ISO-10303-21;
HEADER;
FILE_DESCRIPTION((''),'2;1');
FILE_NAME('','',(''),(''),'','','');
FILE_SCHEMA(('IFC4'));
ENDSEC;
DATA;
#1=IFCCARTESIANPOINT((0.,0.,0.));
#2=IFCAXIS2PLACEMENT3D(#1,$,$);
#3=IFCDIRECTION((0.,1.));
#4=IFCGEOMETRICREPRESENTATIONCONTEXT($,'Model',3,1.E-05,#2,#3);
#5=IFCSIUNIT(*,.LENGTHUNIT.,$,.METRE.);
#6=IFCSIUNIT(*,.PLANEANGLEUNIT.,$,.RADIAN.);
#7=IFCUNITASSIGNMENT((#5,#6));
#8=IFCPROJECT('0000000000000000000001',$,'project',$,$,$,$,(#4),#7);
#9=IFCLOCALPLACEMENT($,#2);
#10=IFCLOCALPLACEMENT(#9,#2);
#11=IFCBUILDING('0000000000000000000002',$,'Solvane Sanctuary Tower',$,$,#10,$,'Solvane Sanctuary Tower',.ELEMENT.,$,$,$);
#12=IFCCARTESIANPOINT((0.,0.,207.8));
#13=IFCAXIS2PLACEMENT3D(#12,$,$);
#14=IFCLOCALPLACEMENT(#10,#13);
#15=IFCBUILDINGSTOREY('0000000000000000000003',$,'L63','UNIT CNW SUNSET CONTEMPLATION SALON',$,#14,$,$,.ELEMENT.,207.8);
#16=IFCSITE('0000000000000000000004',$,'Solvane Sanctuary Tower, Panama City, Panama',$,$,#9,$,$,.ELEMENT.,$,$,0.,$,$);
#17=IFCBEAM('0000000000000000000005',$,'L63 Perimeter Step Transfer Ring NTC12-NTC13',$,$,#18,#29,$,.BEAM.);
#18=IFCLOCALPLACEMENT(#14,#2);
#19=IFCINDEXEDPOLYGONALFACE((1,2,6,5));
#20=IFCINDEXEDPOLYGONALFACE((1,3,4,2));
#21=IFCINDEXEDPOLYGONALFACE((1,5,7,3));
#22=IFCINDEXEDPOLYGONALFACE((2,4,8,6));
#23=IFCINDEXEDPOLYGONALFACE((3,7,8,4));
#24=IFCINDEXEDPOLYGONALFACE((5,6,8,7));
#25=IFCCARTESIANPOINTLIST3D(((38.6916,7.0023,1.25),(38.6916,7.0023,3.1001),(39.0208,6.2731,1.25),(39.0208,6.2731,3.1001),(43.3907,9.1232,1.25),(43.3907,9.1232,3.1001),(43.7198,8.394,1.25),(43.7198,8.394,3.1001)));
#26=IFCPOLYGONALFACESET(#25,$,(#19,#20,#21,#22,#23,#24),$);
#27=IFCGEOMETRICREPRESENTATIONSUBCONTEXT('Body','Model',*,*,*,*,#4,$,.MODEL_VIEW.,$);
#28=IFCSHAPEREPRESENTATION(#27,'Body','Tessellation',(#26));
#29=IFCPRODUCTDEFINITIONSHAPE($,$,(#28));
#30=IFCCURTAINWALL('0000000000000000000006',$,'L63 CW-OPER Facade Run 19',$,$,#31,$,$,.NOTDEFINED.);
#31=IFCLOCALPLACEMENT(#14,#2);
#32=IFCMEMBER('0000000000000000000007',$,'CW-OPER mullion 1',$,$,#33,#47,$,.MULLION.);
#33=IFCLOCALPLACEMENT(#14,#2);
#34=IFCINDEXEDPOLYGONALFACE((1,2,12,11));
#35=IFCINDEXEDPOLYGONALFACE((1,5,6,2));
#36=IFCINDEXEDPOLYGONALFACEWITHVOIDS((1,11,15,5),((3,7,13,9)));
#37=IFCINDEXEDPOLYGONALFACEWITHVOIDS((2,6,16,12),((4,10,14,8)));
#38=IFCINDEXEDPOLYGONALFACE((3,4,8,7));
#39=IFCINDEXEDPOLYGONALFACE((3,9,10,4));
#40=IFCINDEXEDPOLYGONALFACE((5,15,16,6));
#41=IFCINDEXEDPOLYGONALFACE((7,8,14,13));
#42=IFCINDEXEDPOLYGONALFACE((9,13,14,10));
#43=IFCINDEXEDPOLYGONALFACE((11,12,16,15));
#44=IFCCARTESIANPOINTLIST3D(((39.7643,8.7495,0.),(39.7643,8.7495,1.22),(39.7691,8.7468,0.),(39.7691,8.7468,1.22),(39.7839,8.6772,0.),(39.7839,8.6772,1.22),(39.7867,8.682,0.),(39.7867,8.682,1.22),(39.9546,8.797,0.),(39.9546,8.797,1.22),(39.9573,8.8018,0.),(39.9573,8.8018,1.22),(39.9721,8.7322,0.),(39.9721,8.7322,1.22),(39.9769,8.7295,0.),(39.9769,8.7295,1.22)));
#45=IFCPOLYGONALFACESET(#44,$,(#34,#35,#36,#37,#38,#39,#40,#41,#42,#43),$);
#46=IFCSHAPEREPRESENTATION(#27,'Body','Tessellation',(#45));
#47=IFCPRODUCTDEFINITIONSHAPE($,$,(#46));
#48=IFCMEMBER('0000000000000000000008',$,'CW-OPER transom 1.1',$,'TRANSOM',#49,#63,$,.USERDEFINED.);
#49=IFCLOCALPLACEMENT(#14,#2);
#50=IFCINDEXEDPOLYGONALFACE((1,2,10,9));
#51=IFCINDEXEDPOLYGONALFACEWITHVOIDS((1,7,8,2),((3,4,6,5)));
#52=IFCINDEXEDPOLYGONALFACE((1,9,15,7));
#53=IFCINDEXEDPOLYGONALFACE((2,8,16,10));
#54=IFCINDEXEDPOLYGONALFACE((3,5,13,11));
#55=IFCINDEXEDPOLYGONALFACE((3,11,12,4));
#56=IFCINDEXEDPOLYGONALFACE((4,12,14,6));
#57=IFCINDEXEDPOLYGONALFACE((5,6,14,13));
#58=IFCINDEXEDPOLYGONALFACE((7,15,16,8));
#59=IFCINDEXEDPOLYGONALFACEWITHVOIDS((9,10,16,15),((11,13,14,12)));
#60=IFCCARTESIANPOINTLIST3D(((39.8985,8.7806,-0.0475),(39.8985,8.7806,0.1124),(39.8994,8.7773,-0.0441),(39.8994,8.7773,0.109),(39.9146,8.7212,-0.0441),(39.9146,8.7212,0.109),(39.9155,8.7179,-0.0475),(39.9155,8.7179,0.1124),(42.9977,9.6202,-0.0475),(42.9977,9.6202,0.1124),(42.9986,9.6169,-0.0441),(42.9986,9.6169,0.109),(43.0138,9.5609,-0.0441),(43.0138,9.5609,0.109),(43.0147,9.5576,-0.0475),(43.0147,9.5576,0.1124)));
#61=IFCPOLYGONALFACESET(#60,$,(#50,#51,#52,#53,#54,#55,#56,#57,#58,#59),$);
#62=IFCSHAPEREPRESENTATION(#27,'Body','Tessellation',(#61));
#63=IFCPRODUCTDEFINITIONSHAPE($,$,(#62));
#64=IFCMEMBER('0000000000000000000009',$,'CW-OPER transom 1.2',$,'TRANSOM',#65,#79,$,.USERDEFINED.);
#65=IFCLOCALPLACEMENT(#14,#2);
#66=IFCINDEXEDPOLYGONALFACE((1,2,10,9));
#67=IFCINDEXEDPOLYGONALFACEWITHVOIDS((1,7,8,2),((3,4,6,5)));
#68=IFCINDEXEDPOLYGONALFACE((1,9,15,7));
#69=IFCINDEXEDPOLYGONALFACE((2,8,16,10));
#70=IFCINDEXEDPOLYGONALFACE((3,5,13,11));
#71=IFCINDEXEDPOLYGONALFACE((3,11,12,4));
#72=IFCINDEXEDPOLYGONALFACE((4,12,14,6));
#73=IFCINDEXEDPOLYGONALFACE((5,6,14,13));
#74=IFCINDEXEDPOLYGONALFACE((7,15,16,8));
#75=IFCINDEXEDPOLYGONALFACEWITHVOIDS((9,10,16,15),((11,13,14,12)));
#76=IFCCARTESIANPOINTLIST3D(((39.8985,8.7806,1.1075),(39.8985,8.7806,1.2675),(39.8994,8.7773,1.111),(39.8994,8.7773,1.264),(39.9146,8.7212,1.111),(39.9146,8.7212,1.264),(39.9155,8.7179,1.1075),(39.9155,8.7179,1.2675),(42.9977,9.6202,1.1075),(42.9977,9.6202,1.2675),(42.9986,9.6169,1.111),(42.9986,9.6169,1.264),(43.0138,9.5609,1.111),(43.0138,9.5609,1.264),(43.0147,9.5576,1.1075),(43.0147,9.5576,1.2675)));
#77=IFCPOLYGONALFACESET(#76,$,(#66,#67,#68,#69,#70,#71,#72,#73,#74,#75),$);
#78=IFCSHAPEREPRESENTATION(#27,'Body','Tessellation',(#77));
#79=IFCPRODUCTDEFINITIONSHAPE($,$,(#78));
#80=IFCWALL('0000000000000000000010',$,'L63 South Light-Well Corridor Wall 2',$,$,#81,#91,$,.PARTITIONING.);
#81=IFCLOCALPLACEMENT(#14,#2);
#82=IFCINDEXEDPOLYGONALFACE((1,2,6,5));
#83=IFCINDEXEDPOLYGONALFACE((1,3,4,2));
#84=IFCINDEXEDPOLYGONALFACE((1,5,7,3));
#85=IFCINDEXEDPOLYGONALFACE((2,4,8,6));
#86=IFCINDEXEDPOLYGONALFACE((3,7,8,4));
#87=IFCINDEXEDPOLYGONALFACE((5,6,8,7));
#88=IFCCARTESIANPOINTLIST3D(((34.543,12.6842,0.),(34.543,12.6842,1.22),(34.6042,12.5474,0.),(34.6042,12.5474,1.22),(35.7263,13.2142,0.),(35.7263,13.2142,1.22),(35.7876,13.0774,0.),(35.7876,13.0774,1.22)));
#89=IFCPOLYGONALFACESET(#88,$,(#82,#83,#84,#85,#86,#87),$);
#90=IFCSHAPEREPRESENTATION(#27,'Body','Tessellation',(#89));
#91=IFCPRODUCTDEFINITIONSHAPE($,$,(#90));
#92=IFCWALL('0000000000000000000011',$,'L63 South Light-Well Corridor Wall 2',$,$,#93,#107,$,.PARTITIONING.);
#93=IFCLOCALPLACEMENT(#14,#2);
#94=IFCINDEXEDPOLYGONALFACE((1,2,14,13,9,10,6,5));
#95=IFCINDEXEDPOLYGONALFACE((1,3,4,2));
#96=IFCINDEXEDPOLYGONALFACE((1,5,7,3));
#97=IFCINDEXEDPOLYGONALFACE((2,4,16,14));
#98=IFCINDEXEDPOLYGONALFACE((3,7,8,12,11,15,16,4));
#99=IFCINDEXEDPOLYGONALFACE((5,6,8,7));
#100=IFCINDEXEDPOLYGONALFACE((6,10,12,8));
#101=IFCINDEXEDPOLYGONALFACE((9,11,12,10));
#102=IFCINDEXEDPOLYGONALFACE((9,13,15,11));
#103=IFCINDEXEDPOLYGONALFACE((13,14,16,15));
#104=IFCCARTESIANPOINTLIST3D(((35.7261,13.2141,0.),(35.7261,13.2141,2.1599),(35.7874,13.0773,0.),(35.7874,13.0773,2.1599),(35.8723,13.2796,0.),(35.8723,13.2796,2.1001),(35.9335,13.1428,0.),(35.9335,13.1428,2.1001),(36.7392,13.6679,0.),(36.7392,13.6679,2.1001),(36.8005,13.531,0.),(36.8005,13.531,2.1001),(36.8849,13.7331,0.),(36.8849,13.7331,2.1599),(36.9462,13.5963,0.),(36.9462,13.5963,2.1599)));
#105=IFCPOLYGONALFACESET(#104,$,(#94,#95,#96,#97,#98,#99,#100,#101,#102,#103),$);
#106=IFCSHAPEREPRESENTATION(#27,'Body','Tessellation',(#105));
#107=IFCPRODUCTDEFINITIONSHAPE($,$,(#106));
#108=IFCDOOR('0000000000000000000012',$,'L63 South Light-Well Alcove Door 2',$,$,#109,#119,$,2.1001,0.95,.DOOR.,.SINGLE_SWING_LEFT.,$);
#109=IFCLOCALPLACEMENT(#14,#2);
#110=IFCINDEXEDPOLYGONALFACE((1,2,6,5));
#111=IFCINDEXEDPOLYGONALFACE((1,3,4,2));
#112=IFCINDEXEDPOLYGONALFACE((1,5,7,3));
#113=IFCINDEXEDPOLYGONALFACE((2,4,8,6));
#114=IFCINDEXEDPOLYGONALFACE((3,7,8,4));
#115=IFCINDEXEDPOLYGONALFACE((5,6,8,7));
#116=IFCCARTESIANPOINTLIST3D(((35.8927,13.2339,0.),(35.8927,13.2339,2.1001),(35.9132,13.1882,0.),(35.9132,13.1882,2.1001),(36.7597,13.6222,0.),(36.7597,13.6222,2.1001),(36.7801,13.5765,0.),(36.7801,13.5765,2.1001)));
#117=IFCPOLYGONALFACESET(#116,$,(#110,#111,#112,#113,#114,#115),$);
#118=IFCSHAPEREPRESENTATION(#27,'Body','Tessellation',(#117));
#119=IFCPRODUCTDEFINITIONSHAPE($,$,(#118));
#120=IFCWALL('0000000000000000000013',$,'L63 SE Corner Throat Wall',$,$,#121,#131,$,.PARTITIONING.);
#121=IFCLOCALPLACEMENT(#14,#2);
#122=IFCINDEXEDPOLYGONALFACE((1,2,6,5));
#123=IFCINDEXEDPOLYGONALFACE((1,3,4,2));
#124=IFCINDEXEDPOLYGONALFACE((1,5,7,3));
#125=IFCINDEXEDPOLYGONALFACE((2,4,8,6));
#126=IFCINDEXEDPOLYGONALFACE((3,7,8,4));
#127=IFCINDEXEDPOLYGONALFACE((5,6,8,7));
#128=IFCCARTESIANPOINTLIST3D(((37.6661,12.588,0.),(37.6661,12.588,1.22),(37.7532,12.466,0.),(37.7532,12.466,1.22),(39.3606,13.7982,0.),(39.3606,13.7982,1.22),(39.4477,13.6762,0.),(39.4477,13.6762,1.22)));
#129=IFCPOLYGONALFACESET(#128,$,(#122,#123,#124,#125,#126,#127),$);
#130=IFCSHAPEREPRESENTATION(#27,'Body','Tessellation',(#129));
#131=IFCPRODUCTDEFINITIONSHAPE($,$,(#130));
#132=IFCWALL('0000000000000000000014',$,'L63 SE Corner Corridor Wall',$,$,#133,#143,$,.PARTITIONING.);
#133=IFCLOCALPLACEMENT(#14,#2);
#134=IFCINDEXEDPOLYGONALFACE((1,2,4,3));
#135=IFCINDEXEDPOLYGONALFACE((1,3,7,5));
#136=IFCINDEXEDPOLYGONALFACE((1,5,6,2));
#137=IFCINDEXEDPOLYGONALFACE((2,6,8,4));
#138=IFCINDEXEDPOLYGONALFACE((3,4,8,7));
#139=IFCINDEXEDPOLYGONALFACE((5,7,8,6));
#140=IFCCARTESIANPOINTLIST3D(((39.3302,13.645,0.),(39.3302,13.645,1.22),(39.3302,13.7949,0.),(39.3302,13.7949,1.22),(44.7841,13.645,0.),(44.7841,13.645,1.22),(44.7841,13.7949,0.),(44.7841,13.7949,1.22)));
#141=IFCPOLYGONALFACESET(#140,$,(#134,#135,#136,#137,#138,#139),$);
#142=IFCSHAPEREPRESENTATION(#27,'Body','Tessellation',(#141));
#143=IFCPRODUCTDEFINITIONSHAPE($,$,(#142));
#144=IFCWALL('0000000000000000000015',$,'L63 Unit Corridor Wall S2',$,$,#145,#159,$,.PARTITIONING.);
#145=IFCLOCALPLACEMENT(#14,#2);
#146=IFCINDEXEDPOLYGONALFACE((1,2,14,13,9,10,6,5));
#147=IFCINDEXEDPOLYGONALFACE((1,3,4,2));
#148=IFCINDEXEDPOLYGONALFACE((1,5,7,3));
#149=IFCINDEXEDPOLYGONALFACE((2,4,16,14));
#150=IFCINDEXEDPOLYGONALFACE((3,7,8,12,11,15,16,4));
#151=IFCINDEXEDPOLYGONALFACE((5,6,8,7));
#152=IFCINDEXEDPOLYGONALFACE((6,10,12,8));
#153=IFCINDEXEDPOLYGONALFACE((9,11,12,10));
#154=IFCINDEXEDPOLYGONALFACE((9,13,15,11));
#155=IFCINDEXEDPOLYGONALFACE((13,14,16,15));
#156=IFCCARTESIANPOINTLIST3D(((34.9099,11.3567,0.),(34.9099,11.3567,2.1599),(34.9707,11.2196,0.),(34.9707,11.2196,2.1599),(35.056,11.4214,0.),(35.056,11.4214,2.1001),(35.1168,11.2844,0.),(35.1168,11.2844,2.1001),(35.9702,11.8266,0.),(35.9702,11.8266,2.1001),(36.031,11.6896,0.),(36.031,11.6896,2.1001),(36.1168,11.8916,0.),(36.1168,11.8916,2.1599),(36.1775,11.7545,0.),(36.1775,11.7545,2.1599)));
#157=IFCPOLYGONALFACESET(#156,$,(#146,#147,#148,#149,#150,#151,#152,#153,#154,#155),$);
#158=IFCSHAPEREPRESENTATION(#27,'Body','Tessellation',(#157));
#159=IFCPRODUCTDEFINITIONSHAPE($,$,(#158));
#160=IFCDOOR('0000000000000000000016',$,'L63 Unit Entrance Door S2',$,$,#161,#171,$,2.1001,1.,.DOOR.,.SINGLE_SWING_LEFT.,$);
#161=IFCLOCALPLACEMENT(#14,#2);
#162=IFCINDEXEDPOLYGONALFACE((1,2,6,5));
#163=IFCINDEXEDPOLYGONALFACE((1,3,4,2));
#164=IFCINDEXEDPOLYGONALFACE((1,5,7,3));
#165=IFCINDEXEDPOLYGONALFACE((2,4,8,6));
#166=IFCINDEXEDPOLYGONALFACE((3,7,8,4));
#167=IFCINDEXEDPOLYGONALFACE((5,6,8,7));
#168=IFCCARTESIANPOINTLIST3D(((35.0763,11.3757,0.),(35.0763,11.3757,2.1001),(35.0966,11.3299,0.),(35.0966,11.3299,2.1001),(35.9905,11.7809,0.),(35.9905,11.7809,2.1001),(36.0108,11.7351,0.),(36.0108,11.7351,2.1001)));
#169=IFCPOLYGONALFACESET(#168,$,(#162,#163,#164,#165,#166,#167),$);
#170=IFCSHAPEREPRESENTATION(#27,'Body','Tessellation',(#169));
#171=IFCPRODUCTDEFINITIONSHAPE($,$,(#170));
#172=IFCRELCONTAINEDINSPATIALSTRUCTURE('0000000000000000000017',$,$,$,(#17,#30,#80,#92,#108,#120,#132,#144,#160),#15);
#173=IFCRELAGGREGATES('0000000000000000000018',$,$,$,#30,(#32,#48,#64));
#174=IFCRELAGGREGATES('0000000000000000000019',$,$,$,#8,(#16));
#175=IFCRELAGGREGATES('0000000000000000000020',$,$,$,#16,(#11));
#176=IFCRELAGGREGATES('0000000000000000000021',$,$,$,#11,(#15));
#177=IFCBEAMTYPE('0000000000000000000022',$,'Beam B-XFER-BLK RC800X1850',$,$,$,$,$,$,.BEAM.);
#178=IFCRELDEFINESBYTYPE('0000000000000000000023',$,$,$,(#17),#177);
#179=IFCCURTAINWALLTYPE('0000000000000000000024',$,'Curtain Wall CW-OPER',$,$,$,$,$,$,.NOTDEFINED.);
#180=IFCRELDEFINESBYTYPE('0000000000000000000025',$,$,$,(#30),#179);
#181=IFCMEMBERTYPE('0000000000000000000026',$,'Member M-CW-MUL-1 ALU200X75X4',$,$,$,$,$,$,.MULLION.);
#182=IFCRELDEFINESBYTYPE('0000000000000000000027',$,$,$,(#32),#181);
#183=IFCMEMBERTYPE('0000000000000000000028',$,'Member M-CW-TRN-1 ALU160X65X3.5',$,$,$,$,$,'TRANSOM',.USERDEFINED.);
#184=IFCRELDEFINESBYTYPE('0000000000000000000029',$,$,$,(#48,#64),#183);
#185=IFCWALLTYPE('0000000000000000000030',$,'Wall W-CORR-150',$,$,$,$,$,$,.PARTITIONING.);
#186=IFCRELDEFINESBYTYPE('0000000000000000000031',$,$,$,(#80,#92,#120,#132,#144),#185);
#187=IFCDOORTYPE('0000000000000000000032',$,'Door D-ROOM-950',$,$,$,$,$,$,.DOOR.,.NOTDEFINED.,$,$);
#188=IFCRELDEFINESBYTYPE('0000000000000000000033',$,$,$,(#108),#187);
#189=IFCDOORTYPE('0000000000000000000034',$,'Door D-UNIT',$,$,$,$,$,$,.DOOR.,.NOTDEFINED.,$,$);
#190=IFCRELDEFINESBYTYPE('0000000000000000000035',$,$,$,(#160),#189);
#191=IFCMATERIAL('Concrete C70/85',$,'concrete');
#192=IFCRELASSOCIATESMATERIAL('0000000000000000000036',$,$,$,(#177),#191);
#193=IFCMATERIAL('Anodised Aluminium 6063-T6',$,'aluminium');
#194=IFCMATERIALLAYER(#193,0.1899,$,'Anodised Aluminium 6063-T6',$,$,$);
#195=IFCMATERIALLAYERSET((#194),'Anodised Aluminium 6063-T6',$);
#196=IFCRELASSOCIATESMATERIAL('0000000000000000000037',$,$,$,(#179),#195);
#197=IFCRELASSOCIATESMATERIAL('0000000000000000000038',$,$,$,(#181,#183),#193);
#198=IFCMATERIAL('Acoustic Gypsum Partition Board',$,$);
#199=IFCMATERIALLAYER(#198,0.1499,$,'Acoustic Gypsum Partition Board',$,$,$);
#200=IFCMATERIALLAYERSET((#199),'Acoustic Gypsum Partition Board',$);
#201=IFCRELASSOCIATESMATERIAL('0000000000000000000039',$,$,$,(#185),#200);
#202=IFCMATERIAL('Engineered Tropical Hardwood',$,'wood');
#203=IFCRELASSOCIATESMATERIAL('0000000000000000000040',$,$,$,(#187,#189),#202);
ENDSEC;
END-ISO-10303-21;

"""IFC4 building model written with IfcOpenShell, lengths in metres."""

from ifc_helpers import new_model, si_unit, direction, frame, frame_2d, origin, origin_2d, place, context, subcontext, project, spatial, rectangle, hollow_rectangle, extrude, material, layer, layer_set, material_profile, profile_set, type_object, element, fill, aggregate, save


model = new_model("IFC4")

# Units and contexts
model_context = context("Model", 3, precision=1e-05, world=origin(), true_north=direction((0.0, 1.0)))
body_context = subcontext(model_context, "Body", "Model", "MODEL_VIEW")
ifc_project = project(units=[si_unit("LENGTHUNIT", "METRE"), si_unit("PLANEANGLEUNIT", "RADIAN")], contexts=[model_context])

# Site, building, storey
site_placement = place(None, origin())
site = spatial("IfcSite", under=ifc_project, at=site_placement, Name="Solvane Sanctuary Tower, Panama City, Panama", CompositionType="ELEMENT", RefElevation=0.0)
building_placement = place(site_placement, origin())
building = spatial("IfcBuilding", under=site, at=building_placement, Name="Solvane Sanctuary Tower", LongName="Solvane Sanctuary Tower", CompositionType="ELEMENT")
storey_placement = place(building_placement, frame((0.0, 0.0, 207.8)))
storey = spatial("IfcBuildingStorey", under=building, at=storey_placement, Name="L63", Description="UNIT CNW SUNSET CONTEMPLATION SALON", CompositionType="ELEMENT", Elevation=207.8)

# Beam
ifc_material_1 = material(Name="Concrete C70/85", Category="concrete")
ifc_material_profile_1 = material_profile(ifc_material_1, rectangle(XDim=0.8, YDim=1.8501, at=origin_2d()), Name="RC800X1850")
ifc_profile_set_1 = profile_set([ifc_material_profile_1], Name="Concrete C70/85")
beam_type_1 = type_object("IfcBeamType", Name="Beam B-XFER-BLK RC800X1850", PredefinedType="BEAM", material=ifc_profile_set_1)
beam_1_placement = place(storey_placement, frame((38.8562, 6.6377, 2.175), z_axis=(0.911463, 0.411382, 0.0), x_axis=(-0.411382, 0.911463, 0.0)))
element("IfcBeam", 1, at=beam_1_placement, inside=storey, type_object=beam_type_1, Name="L63 Perimeter Step Transfer Ring NTC12-NTC13", PredefinedType="BEAM", context=body_context, shape_type="SweptSolid", body=[
    extrude(rectangle(XDim=0.8, YDim=1.8501, at=origin_2d()), origin(), (0.0, 0.0, 1.0), 5.1555),
])

# Curtain wall, members
ifc_material_2 = material(Name="Anodised Aluminium 6063-T6", Category="aluminium")
ifc_layer_1 = layer(ifc_material_2, 0.1899, Name="Anodised Aluminium 6063-T6")
ifc_layer_set_1 = layer_set([ifc_layer_1], Name="Anodised Aluminium 6063-T6")
curtain_wall_type = type_object("IfcCurtainWallType", Name="Curtain Wall CW-OPER", PredefinedType="NOTDEFINED", material=ifc_layer_set_1)
curtain_wall_placement = place(storey_placement, origin())
curtain_wall = element("IfcCurtainWall", 2, at=curtain_wall_placement, inside=storey, type_object=curtain_wall_type, Name="L63 CW-OPER Facade Run 19", PredefinedType="NOTDEFINED")
ifc_material_profile_2 = material_profile(ifc_material_2, hollow_rectangle(XDim=0.075, YDim=0.2, WallThickness=0.0039, at=origin_2d()), Name="ALU200X75X4")
ifc_profile_set_2 = profile_set([ifc_material_profile_2], Name="Anodised Aluminium 6063-T6")
member_type_1 = type_object("IfcMemberType", Name="Member M-CW-MUL-1 ALU200X75X4", PredefinedType="MULLION", material=ifc_profile_set_2)
member_1_placement = place(storey_placement, frame((39.8706, 8.7395, 0.0), z_axis=(0.0, 0.0, 1.0), x_axis=(-0.261468, 0.965212, 0.0)))
member_1 = element("IfcMember", 3, at=member_1_placement, type_object=member_type_1, Name="CW-OPER mullion 1", PredefinedType="MULLION", context=body_context, shape_type="SweptSolid", body=[
    extrude(hollow_rectangle(XDim=0.075, YDim=0.2, WallThickness=0.0039, at=origin_2d()), origin(), (0.0, 0.0, 1.0), 1.22),
])
ifc_material_profile_3 = material_profile(ifc_material_2, hollow_rectangle(XDim=0.0649, YDim=0.1599, WallThickness=0.0034, at=origin_2d()), Name="ALU160X65X3.5")
ifc_profile_set_3 = profile_set([ifc_material_profile_3], Name="Anodised Aluminium 6063-T6")
member_type_2 = type_object("IfcMemberType", Name="Member M-CW-TRN-1 ALU160X65X3.5", ElementType="TRANSOM", PredefinedType="USERDEFINED", material=ifc_profile_set_3)
member_2_placement = place(storey_placement, frame((39.907, 8.7493, 0.0325), z_axis=(0.965206, 0.261489, 0.0), x_axis=(-0.261489, 0.965206, 0.0)))
member_2 = element("IfcMember", 4, at=member_2_placement, type_object=member_type_2, Name="CW-OPER transom 1.1", ObjectType="TRANSOM", PredefinedType="USERDEFINED", context=body_context, shape_type="SweptSolid", body=[
    extrude(hollow_rectangle(XDim=0.0649, YDim=0.1599, WallThickness=0.0034, at=origin_2d()), origin(), (0.0, 0.0, 1.0), 3.2109),
])
member_3_placement = place(storey_placement, frame((39.907, 8.7493, 1.1875), z_axis=(0.965206, 0.261489, 0.0), x_axis=(-0.261489, 0.965206, 0.0)))
member_3 = element("IfcMember", 5, at=member_3_placement, type_object=member_type_2, Name="CW-OPER transom 1.2", ObjectType="TRANSOM", PredefinedType="USERDEFINED", context=body_context, shape_type="SweptSolid", body=[
    extrude(hollow_rectangle(XDim=0.0649, YDim=0.1599, WallThickness=0.0034, at=origin_2d()), origin(), (0.0, 0.0, 1.0), 3.2109),
])
aggregate(curtain_wall, [member_1, member_2, member_3])

# Wall
ifc_material_3 = material(Name="Acoustic Gypsum Partition Board")
ifc_layer_2 = layer(ifc_material_3, 0.1499, Name="Acoustic Gypsum Partition Board")
ifc_layer_set_2 = layer_set([ifc_layer_2], Name="Acoustic Gypsum Partition Board")
wall_type_1 = type_object("IfcWallType", Name="Wall W-CORR-150", PredefinedType="PARTITIONING", material=ifc_layer_set_2)
wall_1_placement = place(storey_placement, frame((34.5735, 12.6157, 0.0), z_axis=(0.0, 0.0, 1.0), x_axis=(0.912635, 0.408775, 0.0)))
element("IfcWall", 6, at=wall_1_placement, inside=storey, type_object=wall_type_1, Name="L63 South Light-Well Corridor Wall 2", PredefinedType="PARTITIONING", context=body_context, shape_type="SweptSolid", body=[
    extrude(rectangle(XDim=1.2966, YDim=0.1499, at=frame_2d((0.6484, 0.0))), origin(), (0.0, 0.0, 1.0), 1.22),
])

# Wall, opening, door
wall_2_placement = place(storey_placement, frame((35.7568, 13.1458, 0.0), z_axis=(0.0, 0.0, 1.0), x_axis=(0.91265, 0.408741, 0.0)))
wall_2 = element("IfcWall", 7, at=wall_2_placement, inside=storey, type_object=wall_type_1, Name="L63 South Light-Well Corridor Wall 2", PredefinedType="PARTITIONING", context=body_context, shape_type="SweptSolid", body=[
    extrude(rectangle(XDim=1.2698, YDim=0.1499, at=frame_2d((0.6348, 0.0))), origin(), (0.0, 0.0, 1.0), 2.1599),
])
opening_1_placement = place(wall_2_placement, frame((0.1599, 0.0, 0.0)))
opening_1 = element("IfcOpeningElement", 8, at=opening_1_placement, cuts=wall_2, PredefinedType="OPENING", context=body_context, shape_type="SweptSolid", body=[
    extrude(rectangle(XDim=0.95, YDim=2.1001, at=frame_2d((0.4751, 1.05))), frame((0.0, 0.085, 0.0), z_axis=(0.0, -1.0, 0.0), x_axis=(1.0, 0.0, 0.0)), (0.0, 0.0, 1.0), 0.1699),
])
ifc_material_4 = material(Name="Engineered Tropical Hardwood", Category="wood")
door_type_1 = type_object("IfcDoorType", Name="Door D-ROOM-950", OperationType="NOTDEFINED", PredefinedType="DOOR", material=ifc_material_4)
door_1_placement = place(opening_1_placement, origin())
door_1 = element("IfcDoor", 9, at=door_1_placement, inside=storey, type_object=door_type_1, Name="L63 South Light-Well Alcove Door 2", OperationType="SINGLE_SWING_LEFT", OverallHeight=2.1001, OverallWidth=0.95, PredefinedType="DOOR", context=body_context, shape_type="SweptSolid", body=[
    extrude(rectangle(XDim=0.95, YDim=2.1001, at=frame_2d((0.4751, 1.05))), frame((0.0, 0.0249, 0.0), z_axis=(0.0, -1.0, 0.0), x_axis=(1.0, 0.0, 0.0)), (0.0, 0.0, 1.0), 0.05),
])
fill(opening_1, door_1)

# Walls
wall_3_placement = place(storey_placement, frame((37.7097, 12.5271, 0.0), z_axis=(0.0, 0.0, 1.0), x_axis=(0.813781, 0.581172, 0.0)))
element("IfcWall", 10, at=wall_3_placement, inside=storey, type_object=wall_type_1, Name="L63 SE Corner Throat Wall", PredefinedType="PARTITIONING", context=body_context, shape_type="SweptSolid", body=[
    extrude(rectangle(XDim=2.0823, YDim=0.1499, at=frame_2d((1.041, 0.0))), origin(), (0.0, 0.0, 1.0), 1.22),
])
wall_4_placement = place(storey_placement, frame((39.3301, 13.72, 0.0), z_axis=(0.0, 0.0, 1.0), x_axis=(1.0, 0.0, 0.0)))
element("IfcWall", 11, at=wall_4_placement, inside=storey, type_object=wall_type_1, Name="L63 SE Corner Corridor Wall", PredefinedType="PARTITIONING", context=body_context, shape_type="SweptSolid", body=[
    extrude(rectangle(XDim=5.4539, YDim=0.1499, at=frame_2d((2.7271, 0.0))), origin(), (0.0, 0.0, 1.0), 1.22),
])

# Wall, opening, door
wall_5_placement = place(storey_placement, frame((34.9402, 11.2881, 0.0), z_axis=(0.0, 0.0, 1.0), x_axis=(0.914215, 0.405229, 0.0)))
wall_5 = element("IfcWall", 12, at=wall_5_placement, inside=storey, type_object=wall_type_1, Name="L63 Unit Corridor Wall S2", PredefinedType="PARTITIONING", context=body_context, shape_type="SweptSolid", body=[
    extrude(rectangle(XDim=1.3201, YDim=0.1499, at=frame_2d((0.6602, 0.0))), origin(), (0.0, 0.0, 1.0), 2.1599),
])
opening_2_placement = place(wall_5_placement, frame((0.1599, 0.0, 0.0)))
opening_2 = element("IfcOpeningElement", 13, at=opening_2_placement, cuts=wall_5, PredefinedType="OPENING", context=body_context, shape_type="SweptSolid", body=[
    extrude(rectangle(XDim=1.0, YDim=2.1001, at=frame_2d((0.5, 1.05))), frame((0.0, 0.085, 0.0), z_axis=(0.0, -1.0, 0.0), x_axis=(1.0, 0.0, 0.0)), (0.0, 0.0, 1.0), 0.1699),
])
door_type_2 = type_object("IfcDoorType", Name="Door D-UNIT", OperationType="NOTDEFINED", PredefinedType="DOOR", material=ifc_material_4)
door_2_placement = place(opening_2_placement, origin())
door_2 = element("IfcDoor", 14, at=door_2_placement, inside=storey, type_object=door_type_2, Name="L63 Unit Entrance Door S2", OperationType="SINGLE_SWING_LEFT", OverallHeight=2.1001, OverallWidth=1.0, PredefinedType="DOOR", context=body_context, shape_type="SweptSolid", body=[
    extrude(rectangle(XDim=1.0, YDim=2.1001, at=frame_2d((0.5, 1.05))), frame((0.0, 0.0249, 0.0), z_axis=(0.0, -1.0, 0.0), x_axis=(1.0, 0.0, 0.0)), (0.0, 0.0, 1.0), 0.05),
])
fill(opening_2, door_2)

save(model, "model.ifc")
